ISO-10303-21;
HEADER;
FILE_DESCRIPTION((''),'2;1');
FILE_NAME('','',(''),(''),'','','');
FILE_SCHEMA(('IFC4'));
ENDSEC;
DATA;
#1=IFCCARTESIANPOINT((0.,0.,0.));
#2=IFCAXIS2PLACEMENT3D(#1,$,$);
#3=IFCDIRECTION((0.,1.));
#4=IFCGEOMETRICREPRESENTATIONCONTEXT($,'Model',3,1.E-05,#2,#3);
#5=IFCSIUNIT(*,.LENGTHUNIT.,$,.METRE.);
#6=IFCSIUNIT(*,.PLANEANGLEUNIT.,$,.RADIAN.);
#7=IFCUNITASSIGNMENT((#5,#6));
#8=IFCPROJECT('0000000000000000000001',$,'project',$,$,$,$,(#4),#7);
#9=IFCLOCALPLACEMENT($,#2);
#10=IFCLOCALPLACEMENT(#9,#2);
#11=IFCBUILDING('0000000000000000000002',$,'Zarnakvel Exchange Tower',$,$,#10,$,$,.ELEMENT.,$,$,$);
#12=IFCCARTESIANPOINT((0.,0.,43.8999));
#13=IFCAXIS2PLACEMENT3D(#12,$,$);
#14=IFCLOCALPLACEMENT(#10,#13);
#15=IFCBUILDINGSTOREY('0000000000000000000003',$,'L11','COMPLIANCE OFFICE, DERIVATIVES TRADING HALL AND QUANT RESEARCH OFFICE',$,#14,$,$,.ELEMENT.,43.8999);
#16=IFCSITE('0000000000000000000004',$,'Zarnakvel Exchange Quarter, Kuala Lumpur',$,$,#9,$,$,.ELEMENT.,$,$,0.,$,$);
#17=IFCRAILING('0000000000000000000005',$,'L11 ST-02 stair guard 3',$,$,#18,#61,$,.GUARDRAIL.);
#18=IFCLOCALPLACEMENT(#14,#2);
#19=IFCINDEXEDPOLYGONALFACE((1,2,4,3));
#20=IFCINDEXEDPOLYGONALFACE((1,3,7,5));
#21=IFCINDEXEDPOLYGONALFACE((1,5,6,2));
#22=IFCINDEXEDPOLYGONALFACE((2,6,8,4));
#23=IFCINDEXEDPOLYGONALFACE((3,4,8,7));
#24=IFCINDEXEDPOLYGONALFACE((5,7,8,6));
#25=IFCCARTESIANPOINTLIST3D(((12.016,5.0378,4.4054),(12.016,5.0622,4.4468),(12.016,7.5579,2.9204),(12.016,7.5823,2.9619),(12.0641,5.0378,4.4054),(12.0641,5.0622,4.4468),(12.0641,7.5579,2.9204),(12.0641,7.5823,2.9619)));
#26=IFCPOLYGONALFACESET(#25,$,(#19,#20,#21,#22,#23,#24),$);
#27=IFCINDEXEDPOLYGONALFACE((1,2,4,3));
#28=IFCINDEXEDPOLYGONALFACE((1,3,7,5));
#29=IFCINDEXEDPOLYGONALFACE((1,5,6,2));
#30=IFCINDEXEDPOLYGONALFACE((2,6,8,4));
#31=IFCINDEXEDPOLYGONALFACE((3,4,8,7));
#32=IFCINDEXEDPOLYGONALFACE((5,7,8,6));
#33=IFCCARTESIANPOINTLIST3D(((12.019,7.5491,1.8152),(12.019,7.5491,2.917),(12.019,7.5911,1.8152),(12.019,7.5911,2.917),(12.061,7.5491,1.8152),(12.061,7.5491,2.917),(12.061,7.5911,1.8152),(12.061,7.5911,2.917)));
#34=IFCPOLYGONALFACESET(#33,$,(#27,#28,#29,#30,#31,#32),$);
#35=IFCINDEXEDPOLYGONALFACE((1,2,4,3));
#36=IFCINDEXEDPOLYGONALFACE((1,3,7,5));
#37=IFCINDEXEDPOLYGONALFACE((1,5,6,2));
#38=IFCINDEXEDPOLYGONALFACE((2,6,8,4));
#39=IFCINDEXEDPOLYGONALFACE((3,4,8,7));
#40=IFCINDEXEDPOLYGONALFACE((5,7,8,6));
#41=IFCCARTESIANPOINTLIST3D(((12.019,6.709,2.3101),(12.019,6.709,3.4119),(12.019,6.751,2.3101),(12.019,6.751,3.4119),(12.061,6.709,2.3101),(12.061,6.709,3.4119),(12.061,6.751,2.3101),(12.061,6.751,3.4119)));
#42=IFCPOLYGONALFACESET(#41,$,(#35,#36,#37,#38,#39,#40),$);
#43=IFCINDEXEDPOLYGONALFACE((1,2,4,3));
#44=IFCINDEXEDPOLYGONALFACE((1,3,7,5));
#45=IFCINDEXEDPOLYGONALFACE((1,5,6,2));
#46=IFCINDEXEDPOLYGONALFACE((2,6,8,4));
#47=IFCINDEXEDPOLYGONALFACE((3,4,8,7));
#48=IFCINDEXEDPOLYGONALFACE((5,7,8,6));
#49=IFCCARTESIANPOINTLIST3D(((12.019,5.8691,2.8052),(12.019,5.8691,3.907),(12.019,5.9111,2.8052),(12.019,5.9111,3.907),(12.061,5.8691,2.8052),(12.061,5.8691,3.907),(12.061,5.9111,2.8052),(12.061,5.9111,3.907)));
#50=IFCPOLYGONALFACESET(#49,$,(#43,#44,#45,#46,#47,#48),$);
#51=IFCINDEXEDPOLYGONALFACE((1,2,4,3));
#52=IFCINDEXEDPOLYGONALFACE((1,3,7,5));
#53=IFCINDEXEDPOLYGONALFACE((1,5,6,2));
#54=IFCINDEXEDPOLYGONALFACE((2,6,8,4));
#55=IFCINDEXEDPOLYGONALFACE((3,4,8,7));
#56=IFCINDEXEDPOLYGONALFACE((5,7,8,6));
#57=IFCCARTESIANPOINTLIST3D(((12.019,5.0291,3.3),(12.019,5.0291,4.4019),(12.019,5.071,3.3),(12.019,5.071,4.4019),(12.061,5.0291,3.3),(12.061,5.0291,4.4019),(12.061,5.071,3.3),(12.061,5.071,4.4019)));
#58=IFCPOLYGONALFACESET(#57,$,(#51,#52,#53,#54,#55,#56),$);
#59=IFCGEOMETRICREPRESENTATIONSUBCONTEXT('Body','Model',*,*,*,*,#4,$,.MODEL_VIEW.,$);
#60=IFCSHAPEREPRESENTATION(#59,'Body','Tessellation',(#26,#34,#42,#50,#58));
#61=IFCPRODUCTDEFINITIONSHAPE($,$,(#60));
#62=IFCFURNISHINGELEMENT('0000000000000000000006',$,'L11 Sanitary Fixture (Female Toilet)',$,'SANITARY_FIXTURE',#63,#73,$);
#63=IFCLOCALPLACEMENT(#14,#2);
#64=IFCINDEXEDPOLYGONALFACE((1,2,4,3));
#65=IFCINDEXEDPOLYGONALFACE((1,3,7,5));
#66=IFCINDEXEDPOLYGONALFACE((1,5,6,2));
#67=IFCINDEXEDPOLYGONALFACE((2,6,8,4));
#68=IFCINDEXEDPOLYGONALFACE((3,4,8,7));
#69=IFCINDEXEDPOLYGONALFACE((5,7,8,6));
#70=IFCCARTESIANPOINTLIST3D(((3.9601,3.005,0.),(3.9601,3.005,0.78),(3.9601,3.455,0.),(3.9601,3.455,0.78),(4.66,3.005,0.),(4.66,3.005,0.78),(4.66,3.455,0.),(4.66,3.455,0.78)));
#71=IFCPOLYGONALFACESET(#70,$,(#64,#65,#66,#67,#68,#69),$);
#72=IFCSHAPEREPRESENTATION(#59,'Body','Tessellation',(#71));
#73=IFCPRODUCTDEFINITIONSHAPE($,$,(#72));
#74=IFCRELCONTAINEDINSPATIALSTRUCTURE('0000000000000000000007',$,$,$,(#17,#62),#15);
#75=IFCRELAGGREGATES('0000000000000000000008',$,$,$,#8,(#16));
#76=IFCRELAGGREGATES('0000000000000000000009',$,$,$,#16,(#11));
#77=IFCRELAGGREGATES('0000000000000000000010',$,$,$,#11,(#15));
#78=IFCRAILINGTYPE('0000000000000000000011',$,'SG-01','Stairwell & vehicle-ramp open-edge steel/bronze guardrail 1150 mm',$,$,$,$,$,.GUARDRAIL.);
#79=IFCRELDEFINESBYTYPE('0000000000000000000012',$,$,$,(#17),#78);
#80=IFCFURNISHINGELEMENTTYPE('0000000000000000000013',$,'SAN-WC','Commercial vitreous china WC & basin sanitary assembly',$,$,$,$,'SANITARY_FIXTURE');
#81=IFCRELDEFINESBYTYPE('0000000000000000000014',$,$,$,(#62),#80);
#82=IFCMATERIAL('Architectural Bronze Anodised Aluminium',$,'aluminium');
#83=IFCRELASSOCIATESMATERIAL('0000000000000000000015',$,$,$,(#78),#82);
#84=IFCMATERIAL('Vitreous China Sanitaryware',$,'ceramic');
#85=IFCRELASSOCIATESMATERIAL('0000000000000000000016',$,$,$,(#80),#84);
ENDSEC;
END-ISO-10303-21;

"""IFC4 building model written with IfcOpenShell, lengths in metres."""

from ifc_helpers import new_model, si_unit, direction, frame, origin, origin_2d, place, context, subcontext, project, spatial, rectangle, extrude, source, transform, mapped, material, type_object, element, save


model = new_model("IFC4")

# Units and contexts
model_context = context("Model", 3, precision=1e-05, world=origin(), true_north=direction((0.0, 1.0)))
body_context = subcontext(model_context, "Body", "Model", "MODEL_VIEW")
ifc_project = project(units=[si_unit("LENGTHUNIT", "METRE"), si_unit("PLANEANGLEUNIT", "RADIAN")], contexts=[model_context])

# Site, building, storey
site_placement = place(None, origin())
site = spatial("IfcSite", under=ifc_project, at=site_placement, Name="Zarnakvel Exchange Quarter, Kuala Lumpur", CompositionType="ELEMENT", RefElevation=0.0)
building_placement = place(site_placement, origin())
building = spatial("IfcBuilding", under=site, at=building_placement, Name="Zarnakvel Exchange Tower", CompositionType="ELEMENT")
storey_placement = place(building_placement, frame((0.0, 0.0, 43.8999)))
storey = spatial("IfcBuildingStorey", under=building, at=storey_placement, Name="L11", Description="COMPLIANCE OFFICE, DERIVATIVES TRADING HALL AND QUANT RESEARCH OFFICE", CompositionType="ELEMENT", Elevation=43.8999)

# Railing
ifc_material_1 = material(Name="Architectural Bronze Anodised Aluminium", Category="aluminium")
railing_type_1 = type_object("IfcRailingType", Name="SG-01", Description="Stairwell & vehicle-ramp open-edge steel/bronze guardrail 1150 mm", PredefinedType="GUARDRAIL", material=ifc_material_1)
railing_1_placement = place(storey_placement, frame((12.04, 7.5701, 1.8152)))
element("IfcRailing", 1, at=railing_1_placement, inside=storey, type_object=railing_type_1, Name="L11 ST-02 stair guard 3", PredefinedType="GUARDRAIL", context=body_context, shape_type="SweptSolid", body=[
    extrude(rectangle(XDim=0.0481, YDim=0.0481, at=origin_2d()), frame((0.0, 0.0, 1.126), z_axis=(0.0, -0.861561, 0.507655), x_axis=(1.0, 0.0, 0.0)), (0.0, 0.0, 1.0), 2.925),
    extrude(rectangle(XDim=0.042, YDim=0.042, at=origin_2d()), origin(), (0.0, 0.0, 1.0), 1.1018),
    extrude(rectangle(XDim=0.042, YDim=0.042, at=origin_2d()), frame((0.0, -0.8401, 0.4949)), (0.0, 0.0, 1.0), 1.1018),
    extrude(rectangle(XDim=0.042, YDim=0.042, at=origin_2d()), frame((0.0, -1.6799, 0.99)), (0.0, 0.0, 1.0), 1.1018),
    extrude(rectangle(XDim=0.042, YDim=0.042, at=origin_2d()), frame((0.0, -2.52, 1.4849)), (0.0, 0.0, 1.0), 1.1018),
])

# Furnishing element
ifc_material_2 = material(Name="Vitreous China Sanitaryware", Category="ceramic")
furnishing_element_type = type_object("IfcFurnishingElementType", Name="SAN-WC", Description="Commercial vitreous china WC & basin sanitary assembly", ElementType="SANITARY_FIXTURE", material=ifc_material_2)
shared_shape_1 = source(origin(), body_context, "Body", "SweptSolid", [
    extrude(rectangle(XDim=0.7, YDim=0.45, at=origin_2d()), origin(), (0.0, 0.0, 1.0), 0.78),
])
furnishing_placement = place(storey_placement, frame((4.3101, 3.23, 0.0), z_axis=(0.0, 0.0, 1.0), x_axis=(1.0, 0.0, 0.0)))
element("IfcFurnishingElement", 2, at=furnishing_placement, inside=storey, type_object=furnishing_element_type, Name="L11 Sanitary Fixture (Female Toilet)", ObjectType="SANITARY_FIXTURE", context=body_context, shape_type="MappedRepresentation", body=[
    mapped(shared_shape_1, transform((0.0, 0.0, 0.0), x_axis=(1.0, 0.0, 0.0), y_axis=(0.0, 1.0, 0.0), z_axis=(0.0, 0.0, 1.0), scale=1.0)),
])

save(model, "model.ifc")
